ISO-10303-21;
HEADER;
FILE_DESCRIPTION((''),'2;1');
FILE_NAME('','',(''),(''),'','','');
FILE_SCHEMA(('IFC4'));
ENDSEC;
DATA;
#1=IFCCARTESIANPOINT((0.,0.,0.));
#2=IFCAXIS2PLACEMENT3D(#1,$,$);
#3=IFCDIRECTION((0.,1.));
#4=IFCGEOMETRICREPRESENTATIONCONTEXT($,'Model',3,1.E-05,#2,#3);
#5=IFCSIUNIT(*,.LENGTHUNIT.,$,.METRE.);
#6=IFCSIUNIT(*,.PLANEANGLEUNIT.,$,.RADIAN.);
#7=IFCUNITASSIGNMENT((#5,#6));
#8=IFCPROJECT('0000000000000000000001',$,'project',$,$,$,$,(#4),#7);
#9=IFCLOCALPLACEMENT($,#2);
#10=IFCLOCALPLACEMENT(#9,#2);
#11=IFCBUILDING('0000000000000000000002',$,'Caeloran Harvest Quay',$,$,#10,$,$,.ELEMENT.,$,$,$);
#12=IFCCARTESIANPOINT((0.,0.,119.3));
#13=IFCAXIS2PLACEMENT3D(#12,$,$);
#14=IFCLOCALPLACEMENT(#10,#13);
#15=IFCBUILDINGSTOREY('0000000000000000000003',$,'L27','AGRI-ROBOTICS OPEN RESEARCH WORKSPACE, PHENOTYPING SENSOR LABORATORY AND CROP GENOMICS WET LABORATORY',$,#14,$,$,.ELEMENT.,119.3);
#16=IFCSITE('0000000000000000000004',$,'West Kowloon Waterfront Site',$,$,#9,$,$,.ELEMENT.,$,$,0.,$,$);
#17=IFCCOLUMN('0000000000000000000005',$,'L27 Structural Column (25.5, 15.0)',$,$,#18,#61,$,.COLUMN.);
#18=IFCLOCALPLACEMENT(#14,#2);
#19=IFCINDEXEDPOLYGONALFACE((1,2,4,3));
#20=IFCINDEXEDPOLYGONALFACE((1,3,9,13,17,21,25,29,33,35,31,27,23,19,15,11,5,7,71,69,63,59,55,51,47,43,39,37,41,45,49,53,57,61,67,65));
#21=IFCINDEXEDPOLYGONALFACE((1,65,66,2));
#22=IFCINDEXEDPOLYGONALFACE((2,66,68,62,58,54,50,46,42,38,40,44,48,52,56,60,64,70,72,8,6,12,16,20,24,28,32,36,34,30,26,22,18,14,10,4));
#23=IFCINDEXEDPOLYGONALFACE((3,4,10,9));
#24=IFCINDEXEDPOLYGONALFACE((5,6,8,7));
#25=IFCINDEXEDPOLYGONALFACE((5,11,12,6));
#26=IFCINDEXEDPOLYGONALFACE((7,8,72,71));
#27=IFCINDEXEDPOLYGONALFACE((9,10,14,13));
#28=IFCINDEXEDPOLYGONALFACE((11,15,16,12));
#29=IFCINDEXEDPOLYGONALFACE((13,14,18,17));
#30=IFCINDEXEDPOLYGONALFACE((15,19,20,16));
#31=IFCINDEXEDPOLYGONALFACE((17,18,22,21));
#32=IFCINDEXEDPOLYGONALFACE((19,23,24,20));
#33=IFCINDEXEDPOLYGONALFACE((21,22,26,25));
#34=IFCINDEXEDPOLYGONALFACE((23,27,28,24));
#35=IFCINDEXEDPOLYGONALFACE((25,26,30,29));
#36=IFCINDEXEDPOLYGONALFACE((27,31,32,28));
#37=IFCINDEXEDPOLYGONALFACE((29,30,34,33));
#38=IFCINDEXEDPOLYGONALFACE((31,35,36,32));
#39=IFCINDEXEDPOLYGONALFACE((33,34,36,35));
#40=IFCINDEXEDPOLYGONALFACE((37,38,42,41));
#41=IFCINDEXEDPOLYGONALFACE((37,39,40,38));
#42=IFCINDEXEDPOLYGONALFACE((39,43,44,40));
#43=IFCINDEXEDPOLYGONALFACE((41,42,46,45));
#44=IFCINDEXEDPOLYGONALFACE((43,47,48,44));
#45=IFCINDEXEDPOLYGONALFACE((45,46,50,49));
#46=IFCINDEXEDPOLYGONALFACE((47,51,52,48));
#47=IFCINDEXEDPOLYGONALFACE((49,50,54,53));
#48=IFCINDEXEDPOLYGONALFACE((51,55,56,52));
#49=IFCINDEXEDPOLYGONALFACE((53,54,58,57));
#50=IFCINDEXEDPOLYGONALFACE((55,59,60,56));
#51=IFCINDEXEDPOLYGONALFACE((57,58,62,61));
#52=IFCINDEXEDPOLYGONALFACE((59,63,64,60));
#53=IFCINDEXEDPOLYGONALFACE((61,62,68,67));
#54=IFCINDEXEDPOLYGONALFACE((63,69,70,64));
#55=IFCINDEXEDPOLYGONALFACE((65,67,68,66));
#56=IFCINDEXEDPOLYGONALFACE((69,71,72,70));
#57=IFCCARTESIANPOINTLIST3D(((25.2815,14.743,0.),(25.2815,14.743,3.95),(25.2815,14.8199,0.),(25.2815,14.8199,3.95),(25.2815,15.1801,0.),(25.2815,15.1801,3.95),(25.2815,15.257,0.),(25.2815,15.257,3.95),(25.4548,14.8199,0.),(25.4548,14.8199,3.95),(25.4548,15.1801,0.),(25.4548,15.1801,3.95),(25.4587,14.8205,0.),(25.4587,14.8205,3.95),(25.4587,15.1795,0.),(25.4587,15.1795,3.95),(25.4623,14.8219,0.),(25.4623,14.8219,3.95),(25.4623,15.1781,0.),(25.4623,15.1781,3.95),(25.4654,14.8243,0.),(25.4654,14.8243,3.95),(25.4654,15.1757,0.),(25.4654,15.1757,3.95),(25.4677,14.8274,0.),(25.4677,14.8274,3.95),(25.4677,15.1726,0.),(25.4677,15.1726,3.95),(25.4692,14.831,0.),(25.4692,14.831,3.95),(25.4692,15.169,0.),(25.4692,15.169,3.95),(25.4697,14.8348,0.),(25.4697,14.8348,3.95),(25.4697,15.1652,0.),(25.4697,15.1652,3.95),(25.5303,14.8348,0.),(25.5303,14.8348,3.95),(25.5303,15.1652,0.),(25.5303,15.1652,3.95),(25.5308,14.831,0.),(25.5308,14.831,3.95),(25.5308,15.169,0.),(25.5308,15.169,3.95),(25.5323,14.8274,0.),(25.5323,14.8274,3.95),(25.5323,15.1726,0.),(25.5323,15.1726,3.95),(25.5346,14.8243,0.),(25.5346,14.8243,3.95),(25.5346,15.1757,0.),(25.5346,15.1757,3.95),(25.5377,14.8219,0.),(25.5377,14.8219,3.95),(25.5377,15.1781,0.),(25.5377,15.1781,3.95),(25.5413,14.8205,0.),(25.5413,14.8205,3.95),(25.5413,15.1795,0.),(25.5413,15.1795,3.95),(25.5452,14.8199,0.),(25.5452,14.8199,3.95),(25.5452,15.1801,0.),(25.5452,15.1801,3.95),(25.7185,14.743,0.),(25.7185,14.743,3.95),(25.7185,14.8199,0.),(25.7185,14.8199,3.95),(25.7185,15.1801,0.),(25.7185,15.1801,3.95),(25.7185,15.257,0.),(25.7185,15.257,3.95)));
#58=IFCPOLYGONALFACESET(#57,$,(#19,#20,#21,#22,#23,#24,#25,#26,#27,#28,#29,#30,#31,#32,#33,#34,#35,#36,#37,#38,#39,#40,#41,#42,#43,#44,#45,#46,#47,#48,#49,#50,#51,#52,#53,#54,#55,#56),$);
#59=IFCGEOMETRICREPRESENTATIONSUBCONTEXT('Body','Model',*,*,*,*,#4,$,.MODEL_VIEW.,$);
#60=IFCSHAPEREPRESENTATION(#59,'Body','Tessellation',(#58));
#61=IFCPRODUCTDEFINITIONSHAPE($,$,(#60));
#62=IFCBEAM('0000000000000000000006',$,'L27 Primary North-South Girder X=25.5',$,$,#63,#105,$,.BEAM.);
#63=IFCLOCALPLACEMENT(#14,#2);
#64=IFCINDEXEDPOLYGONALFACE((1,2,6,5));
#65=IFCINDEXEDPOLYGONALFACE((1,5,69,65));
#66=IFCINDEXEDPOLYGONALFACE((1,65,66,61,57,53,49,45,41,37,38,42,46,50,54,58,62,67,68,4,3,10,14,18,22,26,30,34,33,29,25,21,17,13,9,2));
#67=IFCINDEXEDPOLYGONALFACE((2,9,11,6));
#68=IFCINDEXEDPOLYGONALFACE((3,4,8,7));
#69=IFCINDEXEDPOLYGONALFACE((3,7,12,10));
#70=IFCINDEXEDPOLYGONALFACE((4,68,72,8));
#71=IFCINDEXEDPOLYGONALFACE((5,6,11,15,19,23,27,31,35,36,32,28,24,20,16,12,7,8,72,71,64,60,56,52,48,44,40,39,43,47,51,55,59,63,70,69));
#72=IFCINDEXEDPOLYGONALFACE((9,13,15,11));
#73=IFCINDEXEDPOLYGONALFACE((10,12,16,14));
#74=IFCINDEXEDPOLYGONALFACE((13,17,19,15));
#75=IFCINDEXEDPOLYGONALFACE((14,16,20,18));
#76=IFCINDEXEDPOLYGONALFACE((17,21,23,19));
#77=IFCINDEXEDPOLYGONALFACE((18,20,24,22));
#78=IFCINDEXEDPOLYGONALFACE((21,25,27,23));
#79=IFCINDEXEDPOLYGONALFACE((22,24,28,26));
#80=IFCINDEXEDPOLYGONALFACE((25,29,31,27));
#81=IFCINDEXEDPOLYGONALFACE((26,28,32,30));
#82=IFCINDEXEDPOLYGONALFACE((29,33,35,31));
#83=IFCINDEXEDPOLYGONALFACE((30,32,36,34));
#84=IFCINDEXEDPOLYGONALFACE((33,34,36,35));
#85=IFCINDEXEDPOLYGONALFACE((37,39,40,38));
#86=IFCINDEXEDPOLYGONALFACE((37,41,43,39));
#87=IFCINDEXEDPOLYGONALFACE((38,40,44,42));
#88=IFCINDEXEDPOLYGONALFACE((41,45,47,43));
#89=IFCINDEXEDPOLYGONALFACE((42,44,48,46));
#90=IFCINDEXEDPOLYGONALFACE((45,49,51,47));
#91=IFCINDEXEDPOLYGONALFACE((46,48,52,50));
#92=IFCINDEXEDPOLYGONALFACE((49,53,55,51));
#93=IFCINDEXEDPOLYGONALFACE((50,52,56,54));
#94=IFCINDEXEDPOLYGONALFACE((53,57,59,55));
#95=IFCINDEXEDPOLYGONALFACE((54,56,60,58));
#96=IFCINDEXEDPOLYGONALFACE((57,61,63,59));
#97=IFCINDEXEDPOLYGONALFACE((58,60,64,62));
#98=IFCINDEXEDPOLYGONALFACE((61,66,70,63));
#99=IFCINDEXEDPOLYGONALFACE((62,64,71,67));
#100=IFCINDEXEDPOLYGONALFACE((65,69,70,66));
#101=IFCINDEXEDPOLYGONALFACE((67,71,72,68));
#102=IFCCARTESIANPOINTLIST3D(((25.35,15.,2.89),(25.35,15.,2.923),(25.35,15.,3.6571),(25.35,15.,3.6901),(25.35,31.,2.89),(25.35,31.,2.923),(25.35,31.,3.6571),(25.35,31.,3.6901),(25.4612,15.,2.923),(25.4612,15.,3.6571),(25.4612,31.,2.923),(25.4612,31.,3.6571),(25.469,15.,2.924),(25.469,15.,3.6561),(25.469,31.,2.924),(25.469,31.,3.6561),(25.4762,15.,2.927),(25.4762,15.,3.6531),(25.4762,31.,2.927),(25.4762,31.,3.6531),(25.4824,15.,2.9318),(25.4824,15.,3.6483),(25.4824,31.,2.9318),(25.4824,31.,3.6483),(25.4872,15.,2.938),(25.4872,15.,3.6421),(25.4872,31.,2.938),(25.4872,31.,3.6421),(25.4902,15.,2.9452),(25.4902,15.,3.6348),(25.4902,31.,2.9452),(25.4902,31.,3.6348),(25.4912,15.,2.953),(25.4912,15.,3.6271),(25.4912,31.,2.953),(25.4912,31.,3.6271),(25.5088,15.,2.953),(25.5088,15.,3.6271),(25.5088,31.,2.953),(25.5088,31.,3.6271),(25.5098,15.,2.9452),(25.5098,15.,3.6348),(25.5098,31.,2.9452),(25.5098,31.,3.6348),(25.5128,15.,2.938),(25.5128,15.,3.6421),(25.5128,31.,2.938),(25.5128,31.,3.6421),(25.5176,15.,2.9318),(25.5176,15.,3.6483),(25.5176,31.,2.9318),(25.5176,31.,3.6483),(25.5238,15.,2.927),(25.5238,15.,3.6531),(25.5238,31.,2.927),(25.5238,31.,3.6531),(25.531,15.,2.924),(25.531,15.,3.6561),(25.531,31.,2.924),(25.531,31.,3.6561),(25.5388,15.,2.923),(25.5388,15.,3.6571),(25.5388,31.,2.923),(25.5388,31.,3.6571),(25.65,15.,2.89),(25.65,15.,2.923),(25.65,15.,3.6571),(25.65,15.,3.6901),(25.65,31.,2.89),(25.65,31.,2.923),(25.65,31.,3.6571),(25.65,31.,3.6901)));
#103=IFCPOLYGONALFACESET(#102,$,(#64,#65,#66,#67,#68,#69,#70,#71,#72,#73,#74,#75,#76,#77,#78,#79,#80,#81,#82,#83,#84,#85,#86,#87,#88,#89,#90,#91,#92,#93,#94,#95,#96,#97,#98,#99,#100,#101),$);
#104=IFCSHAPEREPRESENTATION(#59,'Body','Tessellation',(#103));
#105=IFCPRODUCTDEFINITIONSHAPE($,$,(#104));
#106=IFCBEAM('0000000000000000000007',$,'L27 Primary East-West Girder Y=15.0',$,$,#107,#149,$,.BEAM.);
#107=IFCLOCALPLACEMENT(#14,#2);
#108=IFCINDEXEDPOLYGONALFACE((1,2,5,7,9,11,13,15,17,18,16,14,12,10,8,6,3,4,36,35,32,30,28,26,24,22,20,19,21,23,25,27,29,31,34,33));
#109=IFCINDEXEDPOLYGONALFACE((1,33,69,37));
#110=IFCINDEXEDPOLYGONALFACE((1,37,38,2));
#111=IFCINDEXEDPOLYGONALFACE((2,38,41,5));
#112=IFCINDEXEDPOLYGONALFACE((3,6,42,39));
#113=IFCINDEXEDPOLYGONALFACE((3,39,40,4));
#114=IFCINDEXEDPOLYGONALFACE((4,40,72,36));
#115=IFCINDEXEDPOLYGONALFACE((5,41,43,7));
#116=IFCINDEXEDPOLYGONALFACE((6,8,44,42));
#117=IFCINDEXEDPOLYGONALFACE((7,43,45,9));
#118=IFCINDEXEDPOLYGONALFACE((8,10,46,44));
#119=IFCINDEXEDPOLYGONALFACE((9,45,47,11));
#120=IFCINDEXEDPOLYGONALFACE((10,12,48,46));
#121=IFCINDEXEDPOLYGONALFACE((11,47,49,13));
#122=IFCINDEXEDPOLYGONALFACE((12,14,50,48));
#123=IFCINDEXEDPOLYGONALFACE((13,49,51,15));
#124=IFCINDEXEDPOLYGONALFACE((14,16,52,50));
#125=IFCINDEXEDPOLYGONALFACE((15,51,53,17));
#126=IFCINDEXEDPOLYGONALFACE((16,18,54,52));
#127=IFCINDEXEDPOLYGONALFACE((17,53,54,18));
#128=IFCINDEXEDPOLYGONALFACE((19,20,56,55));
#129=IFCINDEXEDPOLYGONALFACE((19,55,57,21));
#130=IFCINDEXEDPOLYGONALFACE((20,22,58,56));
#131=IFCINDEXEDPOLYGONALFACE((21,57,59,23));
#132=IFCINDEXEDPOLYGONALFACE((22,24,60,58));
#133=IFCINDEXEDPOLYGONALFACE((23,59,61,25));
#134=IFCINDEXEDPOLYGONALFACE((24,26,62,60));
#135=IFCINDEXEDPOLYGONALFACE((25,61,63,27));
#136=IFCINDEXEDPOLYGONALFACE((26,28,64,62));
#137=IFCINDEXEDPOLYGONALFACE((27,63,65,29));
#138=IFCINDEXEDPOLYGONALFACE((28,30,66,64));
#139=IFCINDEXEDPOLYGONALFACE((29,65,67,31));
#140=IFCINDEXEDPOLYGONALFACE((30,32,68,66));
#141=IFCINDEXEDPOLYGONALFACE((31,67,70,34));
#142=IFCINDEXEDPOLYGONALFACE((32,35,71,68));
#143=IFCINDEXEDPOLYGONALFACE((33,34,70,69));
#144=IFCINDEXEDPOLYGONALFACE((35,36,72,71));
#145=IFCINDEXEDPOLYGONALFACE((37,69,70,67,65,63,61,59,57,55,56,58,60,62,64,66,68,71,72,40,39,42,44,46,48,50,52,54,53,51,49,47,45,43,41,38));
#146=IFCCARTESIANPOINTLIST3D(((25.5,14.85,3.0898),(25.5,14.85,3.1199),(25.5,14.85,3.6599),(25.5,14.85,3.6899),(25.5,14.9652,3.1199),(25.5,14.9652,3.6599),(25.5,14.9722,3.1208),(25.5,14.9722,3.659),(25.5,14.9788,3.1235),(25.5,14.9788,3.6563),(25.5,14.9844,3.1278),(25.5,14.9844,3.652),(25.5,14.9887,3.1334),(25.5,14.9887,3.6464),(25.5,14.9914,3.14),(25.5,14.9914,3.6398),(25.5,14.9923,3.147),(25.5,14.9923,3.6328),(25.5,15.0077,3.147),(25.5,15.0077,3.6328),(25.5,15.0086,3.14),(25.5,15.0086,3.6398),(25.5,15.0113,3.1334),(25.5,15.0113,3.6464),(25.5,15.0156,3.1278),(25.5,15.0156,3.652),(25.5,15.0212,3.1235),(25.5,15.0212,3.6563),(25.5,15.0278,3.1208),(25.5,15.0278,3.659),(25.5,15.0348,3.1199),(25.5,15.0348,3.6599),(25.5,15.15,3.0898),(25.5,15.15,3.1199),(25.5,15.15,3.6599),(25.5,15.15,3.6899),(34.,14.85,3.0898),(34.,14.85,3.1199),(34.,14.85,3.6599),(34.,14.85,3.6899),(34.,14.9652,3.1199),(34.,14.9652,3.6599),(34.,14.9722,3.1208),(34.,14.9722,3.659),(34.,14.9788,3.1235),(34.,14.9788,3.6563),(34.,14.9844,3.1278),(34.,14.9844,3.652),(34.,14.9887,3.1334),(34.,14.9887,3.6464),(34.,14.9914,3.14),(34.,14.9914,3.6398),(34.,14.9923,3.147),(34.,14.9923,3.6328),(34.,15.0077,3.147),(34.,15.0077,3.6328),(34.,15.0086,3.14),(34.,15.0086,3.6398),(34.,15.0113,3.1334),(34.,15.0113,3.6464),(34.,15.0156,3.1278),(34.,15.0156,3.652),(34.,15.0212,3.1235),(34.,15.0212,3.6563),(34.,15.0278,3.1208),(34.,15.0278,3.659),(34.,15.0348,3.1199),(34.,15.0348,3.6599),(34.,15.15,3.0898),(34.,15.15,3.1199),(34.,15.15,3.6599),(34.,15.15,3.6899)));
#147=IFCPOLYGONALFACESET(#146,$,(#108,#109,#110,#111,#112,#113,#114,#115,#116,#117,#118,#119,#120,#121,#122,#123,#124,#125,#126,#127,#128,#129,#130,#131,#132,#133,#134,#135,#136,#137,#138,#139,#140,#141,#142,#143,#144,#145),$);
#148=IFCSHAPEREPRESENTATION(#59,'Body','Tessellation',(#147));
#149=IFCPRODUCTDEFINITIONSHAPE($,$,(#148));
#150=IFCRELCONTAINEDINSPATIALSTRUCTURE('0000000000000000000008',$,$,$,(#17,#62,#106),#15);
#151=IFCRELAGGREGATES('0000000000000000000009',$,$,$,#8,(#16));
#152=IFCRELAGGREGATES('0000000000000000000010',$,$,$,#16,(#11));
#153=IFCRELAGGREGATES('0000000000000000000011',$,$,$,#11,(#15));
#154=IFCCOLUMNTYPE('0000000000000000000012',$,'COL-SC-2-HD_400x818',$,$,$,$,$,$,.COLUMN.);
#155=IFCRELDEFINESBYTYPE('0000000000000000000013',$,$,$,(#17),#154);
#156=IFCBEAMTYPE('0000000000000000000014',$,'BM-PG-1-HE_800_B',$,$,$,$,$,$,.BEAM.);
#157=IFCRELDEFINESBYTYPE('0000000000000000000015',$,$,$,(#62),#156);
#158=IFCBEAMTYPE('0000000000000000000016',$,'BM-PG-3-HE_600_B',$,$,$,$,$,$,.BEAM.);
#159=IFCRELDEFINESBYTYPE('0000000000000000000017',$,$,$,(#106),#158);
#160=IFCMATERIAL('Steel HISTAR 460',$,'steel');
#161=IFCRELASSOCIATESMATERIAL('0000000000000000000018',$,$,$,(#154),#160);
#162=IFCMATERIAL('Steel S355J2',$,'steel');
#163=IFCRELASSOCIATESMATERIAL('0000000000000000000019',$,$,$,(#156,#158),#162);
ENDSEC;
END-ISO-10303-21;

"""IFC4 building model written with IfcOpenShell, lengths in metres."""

from ifc_helpers import new_model, si_unit, direction, frame, origin, origin_2d, place, context, subcontext, project, spatial, i_section, extrude, material, material_profile, profile_set, type_object, element, save


model = new_model("IFC4")

# Units and contexts
model_context = context("Model", 3, precision=1e-05, world=origin(), true_north=direction((0.0, 1.0)))
body_context = subcontext(model_context, "Body", "Model", "MODEL_VIEW")
ifc_project = project(units=[si_unit("LENGTHUNIT", "METRE"), si_unit("PLANEANGLEUNIT", "RADIAN")], contexts=[model_context])

# Site, building, storey
site_placement = place(None, origin())
site = spatial("IfcSite", under=ifc_project, at=site_placement, Name="West Kowloon Waterfront Site", CompositionType="ELEMENT", RefElevation=0.0)
building_placement = place(site_placement, origin())
building = spatial("IfcBuilding", under=site, at=building_placement, Name="Caeloran Harvest Quay", CompositionType="ELEMENT")
storey_placement = place(building_placement, frame((0.0, 0.0, 119.3)))
storey = spatial("IfcBuildingStorey", under=building, at=storey_placement, Name="L27", Description="AGRI-ROBOTICS OPEN RESEARCH WORKSPACE, PHENOTYPING SENSOR LABORATORY AND CROP GENOMICS WET LABORATORY", CompositionType="ELEMENT", Elevation=119.3)

# Column
ifc_material_1 = material(Name="Steel HISTAR 460", Category="steel")
ifc_material_profile_1 = material_profile(ifc_material_1, i_section(OverallWidth=0.437, OverallDepth=0.5139, WebThickness=0.0605, FlangeThickness=0.0769, FilletRadius=0.0149, at=origin_2d()), Name="HD 400x818")
ifc_profile_set_1 = profile_set([ifc_material_profile_1], Name="Steel HISTAR 460")
column_type = type_object("IfcColumnType", Name="COL-SC-2-HD_400x818", PredefinedType="COLUMN", material=ifc_profile_set_1)
column_placement = place(storey_placement, frame((25.5, 15.0, 0.0), z_axis=(0.0, 0.0, 1.0), x_axis=(1.0, 0.0, 0.0)))
element("IfcColumn", 1, at=column_placement, inside=storey, type_object=column_type, Name="L27 Structural Column (25.5, 15.0)", PredefinedType="COLUMN", context=body_context, shape_type="SweptSolid", body=[
    extrude(i_section(OverallWidth=0.437, OverallDepth=0.5139, WebThickness=0.0605, FlangeThickness=0.0769, FilletRadius=0.0149, at=origin_2d()), origin(), (0.0, 0.0, 1.0), 3.95),
])

# Beams
ifc_material_2 = material(Name="Steel S355J2", Category="steel")
ifc_material_profile_2 = material_profile(ifc_material_2, i_section(OverallWidth=0.3, OverallDepth=0.8, WebThickness=0.0176, FlangeThickness=0.033, FilletRadius=0.03, at=origin_2d()), Name="HE 800 B")
ifc_profile_set_2 = profile_set([ifc_material_profile_2], Name="Steel S355J2")
beam_type_1 = type_object("IfcBeamType", Name="BM-PG-1-HE_800_B", PredefinedType="BEAM", material=ifc_profile_set_2)
beam_1_placement = place(storey_placement, frame((25.5, 15.0, 3.29), z_axis=(0.0, 1.0, 0.0), x_axis=(-1.0, 0.0, 0.0)))
element("IfcBeam", 2, at=beam_1_placement, inside=storey, type_object=beam_type_1, Name="L27 Primary North-South Girder X=25.5", PredefinedType="BEAM", context=body_context, shape_type="SweptSolid", body=[
    extrude(i_section(OverallWidth=0.3, OverallDepth=0.8, WebThickness=0.0176, FlangeThickness=0.033, FilletRadius=0.03, at=origin_2d()), origin(), (0.0, 0.0, 1.0), 16.0),
])
ifc_material_profile_3 = material_profile(ifc_material_2, i_section(OverallWidth=0.3, OverallDepth=0.6001, WebThickness=0.0154, FlangeThickness=0.03, FilletRadius=0.0271, at=origin_2d()), Name="HE 600 B")
ifc_profile_set_3 = profile_set([ifc_material_profile_3], Name="Steel S355J2")
beam_type_2 = type_object("IfcBeamType", Name="BM-PG-3-HE_600_B", PredefinedType="BEAM", material=ifc_profile_set_3)
beam_2_placement = place(storey_placement, frame((25.5, 15.0, 3.3899), z_axis=(1.0, 0.0, 0.0), x_axis=(0.0, 1.0, 0.0)))
element("IfcBeam", 3, at=beam_2_placement, inside=storey, type_object=beam_type_2, Name="L27 Primary East-West Girder Y=15.0", PredefinedType="BEAM", context=body_context, shape_type="SweptSolid", body=[
    extrude(i_section(OverallWidth=0.3, OverallDepth=0.6001, WebThickness=0.0154, FlangeThickness=0.03, FilletRadius=0.0271, at=origin_2d()), origin(), (0.0, 0.0, 1.0), 8.5),
])

save(model, "model.ifc")
